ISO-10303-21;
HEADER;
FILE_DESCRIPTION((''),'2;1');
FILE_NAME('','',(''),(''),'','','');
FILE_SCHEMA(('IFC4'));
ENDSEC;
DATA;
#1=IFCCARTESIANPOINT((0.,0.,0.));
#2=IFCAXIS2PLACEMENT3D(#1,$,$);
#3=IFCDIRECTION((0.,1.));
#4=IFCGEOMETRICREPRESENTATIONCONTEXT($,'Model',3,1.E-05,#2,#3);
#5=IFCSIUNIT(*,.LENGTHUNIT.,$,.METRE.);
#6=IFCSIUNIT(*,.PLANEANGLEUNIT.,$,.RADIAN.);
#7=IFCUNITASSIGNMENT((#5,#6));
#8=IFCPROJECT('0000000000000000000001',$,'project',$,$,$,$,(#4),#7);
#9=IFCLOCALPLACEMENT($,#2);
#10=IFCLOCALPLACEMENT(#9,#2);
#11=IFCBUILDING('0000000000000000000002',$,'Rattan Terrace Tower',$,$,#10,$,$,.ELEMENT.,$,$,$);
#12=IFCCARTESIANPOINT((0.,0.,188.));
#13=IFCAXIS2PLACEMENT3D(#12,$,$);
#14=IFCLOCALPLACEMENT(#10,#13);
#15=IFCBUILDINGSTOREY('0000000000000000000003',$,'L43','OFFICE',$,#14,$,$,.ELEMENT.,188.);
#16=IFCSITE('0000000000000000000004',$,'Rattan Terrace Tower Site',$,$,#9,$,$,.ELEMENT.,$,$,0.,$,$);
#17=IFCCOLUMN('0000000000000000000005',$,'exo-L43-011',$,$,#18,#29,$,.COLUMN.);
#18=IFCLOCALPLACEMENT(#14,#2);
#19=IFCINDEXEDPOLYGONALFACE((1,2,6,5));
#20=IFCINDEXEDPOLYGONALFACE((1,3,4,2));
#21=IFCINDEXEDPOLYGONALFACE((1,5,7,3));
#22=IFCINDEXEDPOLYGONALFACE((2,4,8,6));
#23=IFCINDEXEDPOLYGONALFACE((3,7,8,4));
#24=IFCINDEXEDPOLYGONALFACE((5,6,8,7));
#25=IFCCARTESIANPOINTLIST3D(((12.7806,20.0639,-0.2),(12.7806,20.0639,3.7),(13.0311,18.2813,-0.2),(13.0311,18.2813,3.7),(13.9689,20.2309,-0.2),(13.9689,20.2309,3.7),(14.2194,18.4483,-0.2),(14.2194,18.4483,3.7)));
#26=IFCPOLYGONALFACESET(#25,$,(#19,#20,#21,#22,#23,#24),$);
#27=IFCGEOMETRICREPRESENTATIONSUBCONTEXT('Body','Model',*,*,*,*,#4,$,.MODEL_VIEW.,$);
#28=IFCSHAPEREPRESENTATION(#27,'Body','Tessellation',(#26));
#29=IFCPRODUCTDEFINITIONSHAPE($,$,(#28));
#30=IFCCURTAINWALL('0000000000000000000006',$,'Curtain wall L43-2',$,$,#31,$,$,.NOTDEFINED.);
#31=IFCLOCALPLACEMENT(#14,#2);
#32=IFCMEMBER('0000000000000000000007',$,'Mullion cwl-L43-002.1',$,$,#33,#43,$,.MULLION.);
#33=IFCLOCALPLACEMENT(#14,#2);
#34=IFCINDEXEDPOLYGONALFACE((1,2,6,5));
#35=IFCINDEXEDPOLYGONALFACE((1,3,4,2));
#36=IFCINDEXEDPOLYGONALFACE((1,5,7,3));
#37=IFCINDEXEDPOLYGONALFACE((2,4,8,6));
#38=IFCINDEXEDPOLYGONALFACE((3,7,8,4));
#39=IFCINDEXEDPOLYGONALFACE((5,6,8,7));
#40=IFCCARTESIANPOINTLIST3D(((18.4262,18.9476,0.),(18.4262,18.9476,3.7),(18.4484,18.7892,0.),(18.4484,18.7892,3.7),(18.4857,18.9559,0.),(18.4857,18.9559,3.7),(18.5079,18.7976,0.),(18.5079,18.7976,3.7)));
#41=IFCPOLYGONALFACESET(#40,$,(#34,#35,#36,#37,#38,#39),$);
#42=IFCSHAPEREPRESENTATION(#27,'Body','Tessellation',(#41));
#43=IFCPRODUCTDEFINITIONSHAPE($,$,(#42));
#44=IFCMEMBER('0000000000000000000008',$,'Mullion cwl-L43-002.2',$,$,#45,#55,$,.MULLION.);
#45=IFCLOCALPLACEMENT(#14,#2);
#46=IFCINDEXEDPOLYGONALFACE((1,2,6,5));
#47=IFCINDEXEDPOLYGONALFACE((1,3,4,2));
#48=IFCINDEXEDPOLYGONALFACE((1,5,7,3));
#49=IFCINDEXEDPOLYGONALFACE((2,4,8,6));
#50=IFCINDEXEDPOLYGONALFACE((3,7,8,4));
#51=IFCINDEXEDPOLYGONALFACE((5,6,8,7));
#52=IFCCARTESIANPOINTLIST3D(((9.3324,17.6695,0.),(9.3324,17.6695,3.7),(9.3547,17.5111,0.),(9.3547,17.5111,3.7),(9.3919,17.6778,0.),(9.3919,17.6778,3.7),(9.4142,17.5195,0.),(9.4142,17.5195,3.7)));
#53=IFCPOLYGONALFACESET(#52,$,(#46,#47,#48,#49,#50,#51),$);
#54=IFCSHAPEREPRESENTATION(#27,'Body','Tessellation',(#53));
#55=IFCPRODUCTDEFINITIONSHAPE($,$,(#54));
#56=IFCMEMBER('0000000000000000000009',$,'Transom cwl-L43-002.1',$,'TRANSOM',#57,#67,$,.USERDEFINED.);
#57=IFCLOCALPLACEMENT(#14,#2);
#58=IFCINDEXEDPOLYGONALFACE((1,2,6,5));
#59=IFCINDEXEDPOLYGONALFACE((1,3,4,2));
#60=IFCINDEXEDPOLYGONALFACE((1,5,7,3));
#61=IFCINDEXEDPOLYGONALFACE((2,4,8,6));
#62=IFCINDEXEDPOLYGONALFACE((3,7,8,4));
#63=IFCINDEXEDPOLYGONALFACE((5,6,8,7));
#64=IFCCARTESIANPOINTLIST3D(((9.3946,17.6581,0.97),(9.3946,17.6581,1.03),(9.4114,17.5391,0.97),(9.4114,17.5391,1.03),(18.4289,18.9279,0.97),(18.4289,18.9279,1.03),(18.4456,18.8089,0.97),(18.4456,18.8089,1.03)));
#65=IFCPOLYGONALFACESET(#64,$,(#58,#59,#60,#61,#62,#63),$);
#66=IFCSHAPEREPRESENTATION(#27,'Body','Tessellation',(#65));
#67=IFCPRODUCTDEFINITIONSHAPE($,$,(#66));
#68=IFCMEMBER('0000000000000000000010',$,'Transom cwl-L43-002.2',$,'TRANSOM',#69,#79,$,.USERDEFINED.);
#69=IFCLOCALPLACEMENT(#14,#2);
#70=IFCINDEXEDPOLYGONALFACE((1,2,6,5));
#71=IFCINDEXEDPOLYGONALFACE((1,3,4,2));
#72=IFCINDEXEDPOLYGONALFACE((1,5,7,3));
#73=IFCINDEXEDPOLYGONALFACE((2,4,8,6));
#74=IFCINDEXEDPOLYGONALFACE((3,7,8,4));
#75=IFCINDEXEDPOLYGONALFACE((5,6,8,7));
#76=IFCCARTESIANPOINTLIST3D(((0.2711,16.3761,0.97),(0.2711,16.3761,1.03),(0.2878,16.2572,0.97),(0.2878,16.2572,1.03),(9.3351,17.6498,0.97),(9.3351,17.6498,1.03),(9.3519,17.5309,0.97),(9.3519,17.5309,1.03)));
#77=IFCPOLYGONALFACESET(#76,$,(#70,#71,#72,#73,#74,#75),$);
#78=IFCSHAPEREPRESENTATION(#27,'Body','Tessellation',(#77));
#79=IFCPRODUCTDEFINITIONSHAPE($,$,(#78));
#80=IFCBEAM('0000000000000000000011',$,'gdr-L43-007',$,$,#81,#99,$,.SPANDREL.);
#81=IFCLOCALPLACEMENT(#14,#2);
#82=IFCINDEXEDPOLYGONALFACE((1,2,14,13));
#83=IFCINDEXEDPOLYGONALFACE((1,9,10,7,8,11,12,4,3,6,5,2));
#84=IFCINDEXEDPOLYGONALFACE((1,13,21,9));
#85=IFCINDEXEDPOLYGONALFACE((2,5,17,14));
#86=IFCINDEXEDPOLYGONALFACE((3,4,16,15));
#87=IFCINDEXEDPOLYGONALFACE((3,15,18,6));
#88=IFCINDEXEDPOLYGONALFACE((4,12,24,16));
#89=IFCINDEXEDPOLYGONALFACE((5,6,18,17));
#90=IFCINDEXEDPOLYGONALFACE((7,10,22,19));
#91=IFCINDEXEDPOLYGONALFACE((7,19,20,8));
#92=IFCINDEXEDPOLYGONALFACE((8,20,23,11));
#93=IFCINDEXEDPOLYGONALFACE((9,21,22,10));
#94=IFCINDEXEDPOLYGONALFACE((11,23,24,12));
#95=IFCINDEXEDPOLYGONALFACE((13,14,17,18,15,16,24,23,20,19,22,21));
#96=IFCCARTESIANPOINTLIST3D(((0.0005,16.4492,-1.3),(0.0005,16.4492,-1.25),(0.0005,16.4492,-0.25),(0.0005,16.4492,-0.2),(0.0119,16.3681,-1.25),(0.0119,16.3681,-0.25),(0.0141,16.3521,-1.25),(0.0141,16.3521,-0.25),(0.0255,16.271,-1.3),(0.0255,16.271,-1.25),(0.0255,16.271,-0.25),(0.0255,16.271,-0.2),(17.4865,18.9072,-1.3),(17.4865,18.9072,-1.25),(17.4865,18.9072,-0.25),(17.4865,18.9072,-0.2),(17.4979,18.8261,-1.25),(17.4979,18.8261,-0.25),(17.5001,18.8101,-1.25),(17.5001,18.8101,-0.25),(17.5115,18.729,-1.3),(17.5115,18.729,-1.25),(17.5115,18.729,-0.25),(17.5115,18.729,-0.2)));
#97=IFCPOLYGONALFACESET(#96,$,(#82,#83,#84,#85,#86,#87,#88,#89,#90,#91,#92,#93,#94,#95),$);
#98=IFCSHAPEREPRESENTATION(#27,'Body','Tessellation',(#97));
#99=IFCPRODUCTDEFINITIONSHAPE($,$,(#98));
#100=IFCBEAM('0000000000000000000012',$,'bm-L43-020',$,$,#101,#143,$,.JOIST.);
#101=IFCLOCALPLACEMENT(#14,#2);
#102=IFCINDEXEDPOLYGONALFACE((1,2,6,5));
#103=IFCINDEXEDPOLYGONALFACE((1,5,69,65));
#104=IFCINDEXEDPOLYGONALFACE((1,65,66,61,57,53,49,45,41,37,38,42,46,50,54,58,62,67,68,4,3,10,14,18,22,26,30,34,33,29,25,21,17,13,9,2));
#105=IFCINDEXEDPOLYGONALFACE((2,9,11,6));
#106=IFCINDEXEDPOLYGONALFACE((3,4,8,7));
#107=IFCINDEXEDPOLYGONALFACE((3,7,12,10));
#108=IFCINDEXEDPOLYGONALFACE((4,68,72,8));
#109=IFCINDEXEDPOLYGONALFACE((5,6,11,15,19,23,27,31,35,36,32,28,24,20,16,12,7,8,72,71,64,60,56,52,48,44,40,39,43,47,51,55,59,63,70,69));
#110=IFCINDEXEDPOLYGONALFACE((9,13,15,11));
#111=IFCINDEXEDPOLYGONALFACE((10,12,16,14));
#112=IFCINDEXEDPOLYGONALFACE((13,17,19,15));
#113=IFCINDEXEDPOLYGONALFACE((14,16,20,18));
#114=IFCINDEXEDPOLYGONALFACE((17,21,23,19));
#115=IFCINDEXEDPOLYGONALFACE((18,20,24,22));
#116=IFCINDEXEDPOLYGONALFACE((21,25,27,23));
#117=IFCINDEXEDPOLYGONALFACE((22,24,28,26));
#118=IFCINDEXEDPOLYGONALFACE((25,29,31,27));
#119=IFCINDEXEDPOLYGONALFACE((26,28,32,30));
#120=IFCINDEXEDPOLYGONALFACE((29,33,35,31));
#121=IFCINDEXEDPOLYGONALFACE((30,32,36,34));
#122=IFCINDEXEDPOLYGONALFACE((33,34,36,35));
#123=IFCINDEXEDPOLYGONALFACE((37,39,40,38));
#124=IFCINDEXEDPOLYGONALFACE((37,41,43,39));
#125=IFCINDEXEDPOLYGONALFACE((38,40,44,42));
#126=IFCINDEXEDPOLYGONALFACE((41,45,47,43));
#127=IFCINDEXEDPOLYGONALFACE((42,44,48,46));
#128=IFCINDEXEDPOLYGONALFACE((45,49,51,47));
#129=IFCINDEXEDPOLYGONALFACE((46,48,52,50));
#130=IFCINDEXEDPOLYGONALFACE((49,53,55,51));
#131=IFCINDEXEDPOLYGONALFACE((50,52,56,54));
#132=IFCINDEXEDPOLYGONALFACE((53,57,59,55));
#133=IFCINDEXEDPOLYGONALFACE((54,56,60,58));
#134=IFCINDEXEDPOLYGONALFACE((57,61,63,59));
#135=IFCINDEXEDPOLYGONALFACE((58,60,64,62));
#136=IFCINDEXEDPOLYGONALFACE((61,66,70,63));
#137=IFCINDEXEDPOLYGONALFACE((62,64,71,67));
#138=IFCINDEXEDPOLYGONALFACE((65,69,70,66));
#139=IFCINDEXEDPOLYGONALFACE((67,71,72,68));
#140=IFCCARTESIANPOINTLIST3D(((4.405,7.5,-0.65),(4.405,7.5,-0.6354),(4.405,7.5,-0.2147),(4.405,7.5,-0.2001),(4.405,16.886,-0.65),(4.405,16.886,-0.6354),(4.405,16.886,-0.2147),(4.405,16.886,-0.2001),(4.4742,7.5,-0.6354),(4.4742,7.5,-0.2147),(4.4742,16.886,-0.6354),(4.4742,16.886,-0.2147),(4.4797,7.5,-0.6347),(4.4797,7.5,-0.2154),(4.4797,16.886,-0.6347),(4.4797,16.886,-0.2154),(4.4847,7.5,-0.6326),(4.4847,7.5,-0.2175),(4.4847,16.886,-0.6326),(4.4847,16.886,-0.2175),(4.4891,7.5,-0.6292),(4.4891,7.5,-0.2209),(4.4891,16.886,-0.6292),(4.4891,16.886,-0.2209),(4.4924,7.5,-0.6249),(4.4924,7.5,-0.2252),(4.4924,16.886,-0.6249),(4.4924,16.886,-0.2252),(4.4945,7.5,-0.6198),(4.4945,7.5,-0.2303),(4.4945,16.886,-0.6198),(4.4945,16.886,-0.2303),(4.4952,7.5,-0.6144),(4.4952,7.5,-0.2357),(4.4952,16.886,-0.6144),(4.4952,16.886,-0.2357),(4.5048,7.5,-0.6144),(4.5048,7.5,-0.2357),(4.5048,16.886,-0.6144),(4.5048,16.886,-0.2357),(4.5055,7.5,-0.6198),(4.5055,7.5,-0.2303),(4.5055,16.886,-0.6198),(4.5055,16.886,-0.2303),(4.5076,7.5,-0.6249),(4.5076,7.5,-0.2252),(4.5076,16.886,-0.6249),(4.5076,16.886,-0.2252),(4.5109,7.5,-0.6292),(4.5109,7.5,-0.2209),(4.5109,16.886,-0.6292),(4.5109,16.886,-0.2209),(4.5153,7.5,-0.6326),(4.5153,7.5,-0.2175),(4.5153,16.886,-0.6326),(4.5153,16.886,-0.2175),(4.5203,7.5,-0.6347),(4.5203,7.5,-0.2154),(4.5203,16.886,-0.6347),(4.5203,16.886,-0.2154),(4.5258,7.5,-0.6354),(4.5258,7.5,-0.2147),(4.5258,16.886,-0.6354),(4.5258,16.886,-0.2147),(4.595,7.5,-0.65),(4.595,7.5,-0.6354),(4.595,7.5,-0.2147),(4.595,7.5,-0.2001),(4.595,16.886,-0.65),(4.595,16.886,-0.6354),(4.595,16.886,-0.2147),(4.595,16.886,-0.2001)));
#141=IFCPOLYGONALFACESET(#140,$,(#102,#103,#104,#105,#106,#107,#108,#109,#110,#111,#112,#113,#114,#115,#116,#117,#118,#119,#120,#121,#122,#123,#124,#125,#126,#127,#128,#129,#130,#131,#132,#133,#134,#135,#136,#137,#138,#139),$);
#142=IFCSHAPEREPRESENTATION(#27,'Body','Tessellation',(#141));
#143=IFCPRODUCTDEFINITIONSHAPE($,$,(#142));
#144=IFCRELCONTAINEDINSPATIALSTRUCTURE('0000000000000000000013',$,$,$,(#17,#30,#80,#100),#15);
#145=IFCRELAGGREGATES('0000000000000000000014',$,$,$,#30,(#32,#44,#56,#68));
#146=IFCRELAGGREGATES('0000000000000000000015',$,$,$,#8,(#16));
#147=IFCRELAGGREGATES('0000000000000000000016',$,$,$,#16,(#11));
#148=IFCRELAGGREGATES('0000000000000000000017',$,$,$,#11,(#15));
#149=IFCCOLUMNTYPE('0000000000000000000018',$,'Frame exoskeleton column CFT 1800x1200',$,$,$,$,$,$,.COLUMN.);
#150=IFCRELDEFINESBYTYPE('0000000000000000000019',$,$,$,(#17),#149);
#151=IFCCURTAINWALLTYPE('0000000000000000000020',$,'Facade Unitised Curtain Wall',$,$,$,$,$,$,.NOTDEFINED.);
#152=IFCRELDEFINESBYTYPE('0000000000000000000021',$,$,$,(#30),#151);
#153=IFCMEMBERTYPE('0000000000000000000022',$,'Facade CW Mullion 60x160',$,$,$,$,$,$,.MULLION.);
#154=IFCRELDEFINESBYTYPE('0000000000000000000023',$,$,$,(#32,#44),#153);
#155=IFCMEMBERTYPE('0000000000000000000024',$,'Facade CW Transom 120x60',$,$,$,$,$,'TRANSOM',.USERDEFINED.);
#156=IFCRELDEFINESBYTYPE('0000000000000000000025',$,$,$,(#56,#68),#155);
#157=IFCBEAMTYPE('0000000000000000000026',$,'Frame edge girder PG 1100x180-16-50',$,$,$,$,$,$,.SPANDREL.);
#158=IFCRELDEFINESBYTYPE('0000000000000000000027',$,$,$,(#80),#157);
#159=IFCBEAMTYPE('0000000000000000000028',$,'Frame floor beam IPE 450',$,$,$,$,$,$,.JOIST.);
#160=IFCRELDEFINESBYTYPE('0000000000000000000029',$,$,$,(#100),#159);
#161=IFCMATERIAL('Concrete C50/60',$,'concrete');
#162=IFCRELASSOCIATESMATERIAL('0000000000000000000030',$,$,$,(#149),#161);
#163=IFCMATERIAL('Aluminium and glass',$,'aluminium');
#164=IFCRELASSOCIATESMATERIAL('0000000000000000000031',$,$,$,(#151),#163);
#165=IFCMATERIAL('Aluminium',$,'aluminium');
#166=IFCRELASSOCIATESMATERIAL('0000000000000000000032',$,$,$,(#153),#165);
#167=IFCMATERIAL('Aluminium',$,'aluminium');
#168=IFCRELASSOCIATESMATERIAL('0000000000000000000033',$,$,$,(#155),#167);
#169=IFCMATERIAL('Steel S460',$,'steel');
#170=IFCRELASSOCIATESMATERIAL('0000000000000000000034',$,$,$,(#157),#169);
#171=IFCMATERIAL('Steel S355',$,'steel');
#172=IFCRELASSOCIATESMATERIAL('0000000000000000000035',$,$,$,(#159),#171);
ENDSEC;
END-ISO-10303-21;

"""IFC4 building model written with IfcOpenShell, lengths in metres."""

from ifc_helpers import new_model, si_unit, direction, frame, origin, origin_2d, place, context, subcontext, project, spatial, rectangle, i_section, extrude, material, material_profile, profile_set, type_object, element, aggregate, save


model = new_model("IFC4")

# Units and contexts
model_context = context("Model", 3, precision=1e-05, world=origin(), true_north=direction((0.0, 1.0)))
body_context = subcontext(model_context, "Body", "Model", "MODEL_VIEW")
ifc_project = project(units=[si_unit("LENGTHUNIT", "METRE"), si_unit("PLANEANGLEUNIT", "RADIAN")], contexts=[model_context])

# Site, building, storey
site_placement = place(None, origin())
site = spatial("IfcSite", under=ifc_project, at=site_placement, Name="Rattan Terrace Tower Site", CompositionType="ELEMENT", RefElevation=0.0)
building_placement = place(site_placement, origin())
building = spatial("IfcBuilding", under=site, at=building_placement, Name="Rattan Terrace Tower", CompositionType="ELEMENT")
storey_placement = place(building_placement, frame((0.0, 0.0, 188.0)))
storey = spatial("IfcBuildingStorey", under=building, at=storey_placement, Name="L43", Description="OFFICE", CompositionType="ELEMENT", Elevation=188.0)

# Column
ifc_material_1 = material(Name="Concrete C50/60", Category="concrete")
ifc_material_profile_1 = material_profile(ifc_material_1, rectangle(XDim=1.2, YDim=1.8, at=origin_2d()), Name="CFT 1800x1200")
ifc_profile_set_1 = profile_set([ifc_material_profile_1], Name="Concrete C50/60")
column_type = type_object("IfcColumnType", Name="Frame exoskeleton column CFT 1800x1200", PredefinedType="COLUMN", material=ifc_profile_set_1)
column_placement = place(storey_placement, frame((13.5, 19.2561, -0.2), z_axis=(0.0, 0.0, 1.0), x_axis=(0.99027, 0.139156, 0.0)))
element("IfcColumn", 1, at=column_placement, inside=storey, type_object=column_type, Name="exo-L43-011", PredefinedType="COLUMN", context=body_context, shape_type="SweptSolid", body=[
    extrude(rectangle(XDim=1.2, YDim=1.8, at=origin_2d()), origin(), (0.0, 0.0, 1.0), 3.8999),
])

# Curtain wall, members
ifc_material_2 = material(Name="Aluminium and glass", Category="aluminium")
curtain_wall_type = type_object("IfcCurtainWallType", Name="Facade Unitised Curtain Wall", PredefinedType="NOTDEFINED", material=ifc_material_2)
curtain_wall_placement = place(storey_placement, origin())
curtain_wall = element("IfcCurtainWall", 2, at=curtain_wall_placement, inside=storey, type_object=curtain_wall_type, Name="Curtain wall L43-2", PredefinedType="NOTDEFINED")
ifc_material_3 = material(Name="Aluminium", Category="aluminium")
ifc_material_profile_2 = material_profile(ifc_material_3, rectangle(XDim=0.0601, YDim=0.1599, at=origin_2d()), Name="Aluminium 60x160")
ifc_profile_set_2 = profile_set([ifc_material_profile_2], Name="Aluminium")
member_type_1 = type_object("IfcMemberType", Name="Facade CW Mullion 60x160", PredefinedType="MULLION", material=ifc_profile_set_2)
member_1_placement = place(storey_placement, frame((18.467, 18.8726, 0.0), z_axis=(0.0, 0.0, 1.0), x_axis=(-0.99027, -0.139161, 0.0)))
member_1 = element("IfcMember", 3, at=member_1_placement, type_object=member_type_1, Name="Mullion cwl-L43-002.1", PredefinedType="MULLION", context=body_context, shape_type="SweptSolid", body=[
    extrude(rectangle(XDim=0.0601, YDim=0.1599, at=origin_2d()), origin(), (0.0, 0.0, 1.0), 3.7),
])
member_2_placement = place(storey_placement, frame((9.3733, 17.5945, 0.0), z_axis=(0.0, 0.0, 1.0), x_axis=(-0.99027, -0.139161, 0.0)))
member_2 = element("IfcMember", 4, at=member_2_placement, type_object=member_type_1, Name="Mullion cwl-L43-002.2", PredefinedType="MULLION", context=body_context, shape_type="SweptSolid", body=[
    extrude(rectangle(XDim=0.0601, YDim=0.1599, at=origin_2d()), origin(), (0.0, 0.0, 1.0), 3.7),
])
ifc_material_4 = material(Name="Aluminium", Category="aluminium")
ifc_material_profile_3 = material_profile(ifc_material_4, rectangle(XDim=0.1201, YDim=0.0601, at=origin_2d()), Name="Aluminium 120x60")
ifc_profile_set_3 = profile_set([ifc_material_profile_3], Name="Aluminium")
member_type_2 = type_object("IfcMemberType", Name="Facade CW Transom 120x60", ElementType="TRANSOM", PredefinedType="USERDEFINED", material=ifc_profile_set_3)
member_3_placement = place(storey_placement, frame((18.4373, 18.8684, 1.0), z_axis=(-0.990266, -0.139184, 0.0), x_axis=(0.139184, -0.990266, 0.0)))
member_3 = element("IfcMember", 5, at=member_3_placement, type_object=member_type_2, Name="Transom cwl-L43-002.1", ObjectType="TRANSOM", PredefinedType="USERDEFINED", context=body_context, shape_type="SweptSolid", body=[
    extrude(rectangle(XDim=0.1201, YDim=0.0601, at=origin_2d()), origin(), (0.0, 0.0, 1.0), 9.123),
])
member_4_placement = place(storey_placement, frame((9.3435, 17.5903, 1.0), z_axis=(-0.990271, -0.139154, 0.0), x_axis=(0.139154, -0.990271, 0.0)))
member_4 = element("IfcMember", 6, at=member_4_placement, type_object=member_type_2, Name="Transom cwl-L43-002.2", ObjectType="TRANSOM", PredefinedType="USERDEFINED", context=body_context, shape_type="SweptSolid", body=[
    extrude(rectangle(XDim=0.1201, YDim=0.0601, at=origin_2d()), origin(), (0.0, 0.0, 1.0), 9.1531),
])

# Beams
ifc_material_5 = material(Name="Steel S460", Category="steel")
ifc_material_profile_4 = material_profile(ifc_material_5, i_section(OverallWidth=0.1799, OverallDepth=1.1001, WebThickness=0.0161, FlangeThickness=0.05, at=origin_2d()), Name="PG 1100x180-16-50")
ifc_profile_set_4 = profile_set([ifc_material_profile_4], Name="Steel S460")
beam_type_1 = type_object("IfcBeamType", Name="Frame edge girder PG 1100x180-16-50", PredefinedType="SPANDREL", material=ifc_profile_set_4)
beam_1_placement = place(storey_placement, frame((17.499, 18.8181, -0.75), z_axis=(-0.990264, -0.139201, 0.0), x_axis=(0.139201, -0.990264, 0.0)))
element("IfcBeam", 7, at=beam_1_placement, inside=storey, type_object=beam_type_1, Name="gdr-L43-007", PredefinedType="SPANDREL", context=body_context, shape_type="SweptSolid", body=[
    extrude(i_section(OverallWidth=0.1799, OverallDepth=1.1001, WebThickness=0.0161, FlangeThickness=0.05, at=origin_2d()), origin(), (0.0, 0.0, 1.0), 17.658),
])
ifc_material_6 = material(Name="Steel S355", Category="steel")
ifc_material_profile_5 = material_profile(ifc_material_6, i_section(OverallWidth=0.1899, OverallDepth=0.45, WebThickness=0.0095, FlangeThickness=0.0146, FilletRadius=0.021, at=origin_2d()), Name="IPE 450")
ifc_profile_set_5 = profile_set([ifc_material_profile_5], Name="Steel S355")
beam_type_2 = type_object("IfcBeamType", Name="Frame floor beam IPE 450", PredefinedType="JOIST", material=ifc_profile_set_5)
beam_2_placement = place(storey_placement, frame((4.5, 7.5, -0.425), z_axis=(0.0, 1.0, 0.0), x_axis=(-1.0, 0.0, 0.0)))
element("IfcBeam", 8, at=beam_2_placement, inside=storey, type_object=beam_type_2, Name="bm-L43-020", PredefinedType="JOIST", context=body_context, shape_type="SweptSolid", body=[
    extrude(i_section(OverallWidth=0.1899, OverallDepth=0.45, WebThickness=0.0095, FlangeThickness=0.0146, FilletRadius=0.021, at=origin_2d()), origin(), (0.0, 0.0, 1.0), 9.386),
])

aggregate(curtain_wall, [member_1, member_2, member_3, member_4])

save(model, "model.ifc")
